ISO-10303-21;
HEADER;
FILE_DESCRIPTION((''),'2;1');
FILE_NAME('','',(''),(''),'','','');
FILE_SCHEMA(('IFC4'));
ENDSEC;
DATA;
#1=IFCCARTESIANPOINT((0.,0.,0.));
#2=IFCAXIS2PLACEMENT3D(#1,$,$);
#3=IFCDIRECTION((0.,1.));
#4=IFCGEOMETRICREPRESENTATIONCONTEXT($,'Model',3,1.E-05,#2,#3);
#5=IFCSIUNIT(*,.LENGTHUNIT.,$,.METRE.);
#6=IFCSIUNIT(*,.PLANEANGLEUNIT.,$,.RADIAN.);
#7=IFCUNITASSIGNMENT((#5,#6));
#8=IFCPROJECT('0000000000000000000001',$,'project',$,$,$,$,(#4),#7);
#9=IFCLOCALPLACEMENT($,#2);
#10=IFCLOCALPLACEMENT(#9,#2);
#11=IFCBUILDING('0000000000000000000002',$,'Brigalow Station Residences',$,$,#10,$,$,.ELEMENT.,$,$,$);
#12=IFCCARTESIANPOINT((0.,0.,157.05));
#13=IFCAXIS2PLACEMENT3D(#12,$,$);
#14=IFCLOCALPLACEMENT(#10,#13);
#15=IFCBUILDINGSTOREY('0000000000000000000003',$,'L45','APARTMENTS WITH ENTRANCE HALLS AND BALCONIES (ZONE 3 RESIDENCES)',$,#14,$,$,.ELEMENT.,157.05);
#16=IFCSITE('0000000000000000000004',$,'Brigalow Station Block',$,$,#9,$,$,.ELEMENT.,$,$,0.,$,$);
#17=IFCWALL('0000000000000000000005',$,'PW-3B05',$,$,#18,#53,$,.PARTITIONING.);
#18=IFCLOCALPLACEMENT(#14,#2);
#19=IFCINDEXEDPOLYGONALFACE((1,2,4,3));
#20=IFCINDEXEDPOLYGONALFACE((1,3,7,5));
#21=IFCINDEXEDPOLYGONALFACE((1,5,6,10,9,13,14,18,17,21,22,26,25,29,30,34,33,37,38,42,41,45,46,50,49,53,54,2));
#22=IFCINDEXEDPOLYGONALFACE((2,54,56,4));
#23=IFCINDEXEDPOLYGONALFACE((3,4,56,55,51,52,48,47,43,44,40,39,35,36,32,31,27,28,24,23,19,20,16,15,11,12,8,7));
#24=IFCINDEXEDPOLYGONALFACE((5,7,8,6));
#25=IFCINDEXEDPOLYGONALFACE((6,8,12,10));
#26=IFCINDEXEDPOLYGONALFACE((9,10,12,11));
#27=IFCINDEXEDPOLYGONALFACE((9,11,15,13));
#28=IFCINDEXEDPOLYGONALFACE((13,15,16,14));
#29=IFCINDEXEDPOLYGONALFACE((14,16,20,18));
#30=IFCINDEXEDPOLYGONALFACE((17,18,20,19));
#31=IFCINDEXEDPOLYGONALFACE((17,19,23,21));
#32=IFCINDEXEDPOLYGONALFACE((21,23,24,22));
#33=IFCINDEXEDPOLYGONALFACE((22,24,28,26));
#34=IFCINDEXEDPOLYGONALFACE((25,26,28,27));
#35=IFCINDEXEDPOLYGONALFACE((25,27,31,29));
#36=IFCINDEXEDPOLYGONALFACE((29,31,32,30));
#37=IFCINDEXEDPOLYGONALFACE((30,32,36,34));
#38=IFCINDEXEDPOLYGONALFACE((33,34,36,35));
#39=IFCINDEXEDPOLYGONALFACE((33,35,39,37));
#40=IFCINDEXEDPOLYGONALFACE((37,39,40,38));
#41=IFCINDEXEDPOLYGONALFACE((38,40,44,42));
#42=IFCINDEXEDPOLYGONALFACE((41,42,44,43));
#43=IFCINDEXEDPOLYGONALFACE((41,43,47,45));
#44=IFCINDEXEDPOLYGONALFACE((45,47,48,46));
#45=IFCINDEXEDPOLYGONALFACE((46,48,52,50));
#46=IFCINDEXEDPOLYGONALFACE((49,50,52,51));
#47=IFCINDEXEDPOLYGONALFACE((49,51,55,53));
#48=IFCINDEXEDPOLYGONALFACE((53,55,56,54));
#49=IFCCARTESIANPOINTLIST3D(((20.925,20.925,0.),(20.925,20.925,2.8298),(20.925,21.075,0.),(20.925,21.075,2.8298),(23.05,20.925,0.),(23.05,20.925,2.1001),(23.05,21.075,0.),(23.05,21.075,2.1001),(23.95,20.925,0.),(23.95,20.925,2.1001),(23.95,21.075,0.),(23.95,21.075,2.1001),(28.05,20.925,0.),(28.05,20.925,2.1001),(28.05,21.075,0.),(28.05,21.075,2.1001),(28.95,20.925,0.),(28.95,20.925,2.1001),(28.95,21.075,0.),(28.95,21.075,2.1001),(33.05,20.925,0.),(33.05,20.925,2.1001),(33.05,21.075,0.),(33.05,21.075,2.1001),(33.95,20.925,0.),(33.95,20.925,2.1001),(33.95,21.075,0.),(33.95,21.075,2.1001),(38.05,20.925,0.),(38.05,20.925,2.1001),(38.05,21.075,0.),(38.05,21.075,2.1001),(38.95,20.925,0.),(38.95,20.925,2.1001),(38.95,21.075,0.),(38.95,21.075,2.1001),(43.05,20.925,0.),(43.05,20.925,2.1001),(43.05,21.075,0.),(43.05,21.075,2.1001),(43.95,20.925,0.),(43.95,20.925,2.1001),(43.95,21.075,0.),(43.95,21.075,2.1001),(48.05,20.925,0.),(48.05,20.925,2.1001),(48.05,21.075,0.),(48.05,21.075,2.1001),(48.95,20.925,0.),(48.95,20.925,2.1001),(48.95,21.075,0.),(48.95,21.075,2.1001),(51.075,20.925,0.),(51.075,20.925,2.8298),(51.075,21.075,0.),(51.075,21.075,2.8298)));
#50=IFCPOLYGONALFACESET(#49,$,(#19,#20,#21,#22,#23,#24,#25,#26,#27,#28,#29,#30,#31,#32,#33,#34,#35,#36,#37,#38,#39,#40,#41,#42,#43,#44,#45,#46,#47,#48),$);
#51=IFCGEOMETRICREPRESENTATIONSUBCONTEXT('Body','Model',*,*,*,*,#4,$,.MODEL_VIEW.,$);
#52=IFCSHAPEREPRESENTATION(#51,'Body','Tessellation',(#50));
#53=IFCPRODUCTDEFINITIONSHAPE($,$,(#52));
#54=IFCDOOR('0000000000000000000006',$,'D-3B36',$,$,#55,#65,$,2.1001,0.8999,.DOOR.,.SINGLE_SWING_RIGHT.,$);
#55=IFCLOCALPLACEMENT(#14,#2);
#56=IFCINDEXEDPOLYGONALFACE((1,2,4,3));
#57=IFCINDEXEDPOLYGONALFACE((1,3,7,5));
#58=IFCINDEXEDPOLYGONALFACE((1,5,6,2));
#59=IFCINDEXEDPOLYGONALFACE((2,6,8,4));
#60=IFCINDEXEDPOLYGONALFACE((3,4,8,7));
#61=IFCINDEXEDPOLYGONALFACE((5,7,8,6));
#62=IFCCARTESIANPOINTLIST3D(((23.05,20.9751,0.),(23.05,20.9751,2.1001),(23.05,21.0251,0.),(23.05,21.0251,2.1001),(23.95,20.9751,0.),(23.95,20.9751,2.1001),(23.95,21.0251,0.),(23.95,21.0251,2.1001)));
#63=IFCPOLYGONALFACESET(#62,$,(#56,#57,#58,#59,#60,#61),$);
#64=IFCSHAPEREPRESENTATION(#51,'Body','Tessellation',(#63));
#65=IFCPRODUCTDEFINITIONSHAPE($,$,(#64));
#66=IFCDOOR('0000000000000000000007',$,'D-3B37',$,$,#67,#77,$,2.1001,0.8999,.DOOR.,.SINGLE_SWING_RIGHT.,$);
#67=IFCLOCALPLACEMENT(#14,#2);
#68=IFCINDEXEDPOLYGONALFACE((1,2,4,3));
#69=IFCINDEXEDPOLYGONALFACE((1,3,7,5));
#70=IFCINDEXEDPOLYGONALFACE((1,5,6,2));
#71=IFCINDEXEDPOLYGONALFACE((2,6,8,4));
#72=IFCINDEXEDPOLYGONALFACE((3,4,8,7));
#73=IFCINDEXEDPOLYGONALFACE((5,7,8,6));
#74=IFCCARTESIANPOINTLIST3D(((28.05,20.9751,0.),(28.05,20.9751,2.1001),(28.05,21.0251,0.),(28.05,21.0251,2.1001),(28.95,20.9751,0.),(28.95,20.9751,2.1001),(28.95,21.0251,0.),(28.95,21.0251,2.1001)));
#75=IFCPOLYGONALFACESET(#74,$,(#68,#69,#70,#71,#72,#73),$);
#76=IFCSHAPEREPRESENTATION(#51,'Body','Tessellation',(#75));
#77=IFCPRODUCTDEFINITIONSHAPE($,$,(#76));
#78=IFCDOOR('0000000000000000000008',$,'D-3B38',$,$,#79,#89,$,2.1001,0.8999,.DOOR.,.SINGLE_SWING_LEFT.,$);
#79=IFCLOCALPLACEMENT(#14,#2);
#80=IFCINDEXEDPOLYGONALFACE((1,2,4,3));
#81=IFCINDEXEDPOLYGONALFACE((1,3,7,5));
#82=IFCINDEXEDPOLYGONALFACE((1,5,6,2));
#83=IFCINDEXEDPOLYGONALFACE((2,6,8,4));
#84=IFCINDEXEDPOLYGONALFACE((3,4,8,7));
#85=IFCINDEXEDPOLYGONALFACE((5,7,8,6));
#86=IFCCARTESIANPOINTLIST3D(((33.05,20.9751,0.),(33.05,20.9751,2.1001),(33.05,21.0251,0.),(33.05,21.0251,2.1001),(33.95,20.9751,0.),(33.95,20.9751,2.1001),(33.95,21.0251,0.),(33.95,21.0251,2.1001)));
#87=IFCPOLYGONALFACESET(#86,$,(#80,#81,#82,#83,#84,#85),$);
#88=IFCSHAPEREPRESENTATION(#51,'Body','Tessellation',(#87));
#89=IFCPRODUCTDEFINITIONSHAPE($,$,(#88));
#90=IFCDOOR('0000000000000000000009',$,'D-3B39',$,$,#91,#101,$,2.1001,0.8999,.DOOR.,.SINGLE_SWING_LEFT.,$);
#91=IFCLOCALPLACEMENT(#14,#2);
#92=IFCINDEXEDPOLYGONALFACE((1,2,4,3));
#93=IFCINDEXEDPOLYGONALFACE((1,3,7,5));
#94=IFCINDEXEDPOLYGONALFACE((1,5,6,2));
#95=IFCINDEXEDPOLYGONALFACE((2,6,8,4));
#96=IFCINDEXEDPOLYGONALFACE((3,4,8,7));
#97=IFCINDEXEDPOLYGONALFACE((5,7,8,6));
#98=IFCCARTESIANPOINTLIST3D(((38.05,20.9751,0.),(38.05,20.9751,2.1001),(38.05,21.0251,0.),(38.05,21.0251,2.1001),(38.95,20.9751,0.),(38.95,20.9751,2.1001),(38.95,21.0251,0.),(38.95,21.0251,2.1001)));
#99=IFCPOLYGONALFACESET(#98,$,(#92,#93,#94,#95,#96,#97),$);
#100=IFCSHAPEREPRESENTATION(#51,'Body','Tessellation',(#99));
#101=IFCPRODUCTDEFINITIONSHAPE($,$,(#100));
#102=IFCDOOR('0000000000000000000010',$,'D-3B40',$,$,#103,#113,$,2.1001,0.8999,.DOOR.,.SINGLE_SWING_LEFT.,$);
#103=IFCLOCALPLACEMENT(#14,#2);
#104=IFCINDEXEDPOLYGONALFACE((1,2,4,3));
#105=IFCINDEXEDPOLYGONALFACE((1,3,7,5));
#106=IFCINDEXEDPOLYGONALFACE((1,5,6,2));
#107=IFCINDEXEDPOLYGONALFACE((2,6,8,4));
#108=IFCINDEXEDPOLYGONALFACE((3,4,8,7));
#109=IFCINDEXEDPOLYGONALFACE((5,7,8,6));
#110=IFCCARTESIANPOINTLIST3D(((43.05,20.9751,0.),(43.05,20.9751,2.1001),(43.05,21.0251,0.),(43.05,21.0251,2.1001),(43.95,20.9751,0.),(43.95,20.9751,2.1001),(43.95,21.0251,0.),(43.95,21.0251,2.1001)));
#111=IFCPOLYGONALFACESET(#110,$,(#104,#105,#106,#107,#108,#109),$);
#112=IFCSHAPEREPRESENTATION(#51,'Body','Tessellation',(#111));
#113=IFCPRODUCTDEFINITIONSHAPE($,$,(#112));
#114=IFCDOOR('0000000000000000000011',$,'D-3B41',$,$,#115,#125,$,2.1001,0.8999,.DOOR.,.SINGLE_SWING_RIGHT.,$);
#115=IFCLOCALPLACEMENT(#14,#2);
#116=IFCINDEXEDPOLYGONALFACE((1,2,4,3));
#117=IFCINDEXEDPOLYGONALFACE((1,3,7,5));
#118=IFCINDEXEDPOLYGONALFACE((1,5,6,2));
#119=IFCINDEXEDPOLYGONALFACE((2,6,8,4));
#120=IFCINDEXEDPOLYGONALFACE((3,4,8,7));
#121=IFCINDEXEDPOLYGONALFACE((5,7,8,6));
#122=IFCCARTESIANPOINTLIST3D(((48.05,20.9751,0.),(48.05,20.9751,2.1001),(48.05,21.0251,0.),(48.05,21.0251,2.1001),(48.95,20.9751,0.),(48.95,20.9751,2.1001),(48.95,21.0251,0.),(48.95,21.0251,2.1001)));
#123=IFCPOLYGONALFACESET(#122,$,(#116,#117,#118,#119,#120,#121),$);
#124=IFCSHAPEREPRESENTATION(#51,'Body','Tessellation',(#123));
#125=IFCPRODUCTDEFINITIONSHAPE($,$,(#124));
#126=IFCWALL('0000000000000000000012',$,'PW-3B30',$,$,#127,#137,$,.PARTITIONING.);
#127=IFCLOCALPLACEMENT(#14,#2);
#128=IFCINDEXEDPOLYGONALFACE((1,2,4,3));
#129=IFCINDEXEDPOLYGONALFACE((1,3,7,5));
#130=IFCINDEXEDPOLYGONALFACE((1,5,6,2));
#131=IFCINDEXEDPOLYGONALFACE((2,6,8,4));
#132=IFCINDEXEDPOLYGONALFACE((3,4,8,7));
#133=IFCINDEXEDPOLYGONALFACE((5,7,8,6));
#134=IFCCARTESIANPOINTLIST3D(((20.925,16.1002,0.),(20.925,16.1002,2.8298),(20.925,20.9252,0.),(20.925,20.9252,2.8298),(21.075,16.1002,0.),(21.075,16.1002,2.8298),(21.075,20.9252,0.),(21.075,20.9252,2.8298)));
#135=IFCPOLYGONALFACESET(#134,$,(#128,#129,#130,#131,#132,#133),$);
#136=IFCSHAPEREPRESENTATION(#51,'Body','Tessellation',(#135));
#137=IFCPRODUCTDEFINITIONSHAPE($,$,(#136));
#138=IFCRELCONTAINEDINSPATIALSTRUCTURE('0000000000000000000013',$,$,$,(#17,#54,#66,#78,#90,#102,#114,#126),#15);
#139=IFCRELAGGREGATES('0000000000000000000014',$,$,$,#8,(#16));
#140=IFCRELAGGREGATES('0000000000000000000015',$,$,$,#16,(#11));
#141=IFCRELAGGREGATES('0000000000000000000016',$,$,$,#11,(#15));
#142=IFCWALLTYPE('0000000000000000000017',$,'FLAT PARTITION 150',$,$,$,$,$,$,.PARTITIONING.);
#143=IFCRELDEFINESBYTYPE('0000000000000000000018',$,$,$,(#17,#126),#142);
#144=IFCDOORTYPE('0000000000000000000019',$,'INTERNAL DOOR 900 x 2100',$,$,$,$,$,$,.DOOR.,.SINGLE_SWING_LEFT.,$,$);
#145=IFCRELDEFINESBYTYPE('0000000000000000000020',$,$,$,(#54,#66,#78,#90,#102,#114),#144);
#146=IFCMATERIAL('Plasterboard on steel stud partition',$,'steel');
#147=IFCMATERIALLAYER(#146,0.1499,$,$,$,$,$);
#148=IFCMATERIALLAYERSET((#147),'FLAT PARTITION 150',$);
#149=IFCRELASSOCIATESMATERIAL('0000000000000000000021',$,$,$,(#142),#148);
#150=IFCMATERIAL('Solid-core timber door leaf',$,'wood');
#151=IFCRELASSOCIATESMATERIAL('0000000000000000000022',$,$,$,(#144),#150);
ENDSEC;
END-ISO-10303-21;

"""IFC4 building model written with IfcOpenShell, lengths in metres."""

from ifc_helpers import new_model, si_unit, direction, frame, frame_2d, origin, place, context, subcontext, project, spatial, rectangle, extrude, material, layer, layer_set, type_object, element, fill, save


model = new_model("IFC4")

# Units and contexts
model_context = context("Model", 3, precision=1e-05, world=origin(), true_north=direction((0.0, 1.0)))
body_context = subcontext(model_context, "Body", "Model", "MODEL_VIEW")
ifc_project = project(units=[si_unit("LENGTHUNIT", "METRE"), si_unit("PLANEANGLEUNIT", "RADIAN")], contexts=[model_context])

# Site, building, storey
site_placement = place(None, origin())
site = spatial("IfcSite", under=ifc_project, at=site_placement, Name="Brigalow Station Block", CompositionType="ELEMENT", RefElevation=0.0)
building_placement = place(site_placement, origin())
building = spatial("IfcBuilding", under=site, at=building_placement, Name="Brigalow Station Residences", CompositionType="ELEMENT")
storey_placement = place(building_placement, frame((0.0, 0.0, 157.05)))
storey = spatial("IfcBuildingStorey", under=building, at=storey_placement, Name="L45", Description="APARTMENTS WITH ENTRANCE HALLS AND BALCONIES (ZONE 3 RESIDENCES)", CompositionType="ELEMENT", Elevation=157.05)

# Wall, openings, doors
ifc_material_1 = material(Name="Plasterboard on steel stud partition", Category="steel")
ifc_layer_1 = layer(ifc_material_1, 0.1499)
ifc_layer_set_1 = layer_set([ifc_layer_1], Name="FLAT PARTITION 150")
wall_type_1 = type_object("IfcWallType", Name="FLAT PARTITION 150", PredefinedType="PARTITIONING", material=ifc_layer_set_1)
wall_1_placement = place(storey_placement, frame((20.925, 21.0, 0.0), z_axis=(0.0, 0.0, 1.0), x_axis=(1.0, 0.0, 0.0)))
wall_1 = element("IfcWall", 1, at=wall_1_placement, inside=storey, type_object=wall_type_1, Name="PW-3B05", PredefinedType="PARTITIONING", context=body_context, shape_type="SweptSolid", body=[
    extrude(rectangle(XDim=30.1499, YDim=0.1499, at=frame_2d((15.075, 0.0))), origin(), (0.0, 0.0, 1.0), 2.8298),
])
opening_1_placement = place(wall_1_placement, frame((2.125, 0.0, 0.0)))
opening_1 = element("IfcOpeningElement", 2, at=opening_1_placement, cuts=wall_1, PredefinedType="OPENING", context=body_context, shape_type="SweptSolid", body=[
    extrude(rectangle(XDim=0.8999, YDim=2.1001, at=frame_2d((0.45, 1.05))), frame((0.0, 0.085, 0.0), z_axis=(0.0, -1.0, 0.0), x_axis=(1.0, 0.0, 0.0)), (0.0, 0.0, 1.0), 0.1699),
])
opening_2_placement = place(wall_1_placement, frame((7.125, 0.0, 0.0)))
opening_2 = element("IfcOpeningElement", 3, at=opening_2_placement, cuts=wall_1, PredefinedType="OPENING", context=body_context, shape_type="SweptSolid", body=[
    extrude(rectangle(XDim=0.8999, YDim=2.1001, at=frame_2d((0.45, 1.05))), frame((0.0, 0.085, 0.0), z_axis=(0.0, -1.0, 0.0), x_axis=(1.0, 0.0, 0.0)), (0.0, 0.0, 1.0), 0.1699),
])
opening_3_placement = place(wall_1_placement, frame((12.125, 0.0, 0.0)))
opening_3 = element("IfcOpeningElement", 4, at=opening_3_placement, cuts=wall_1, PredefinedType="OPENING", context=body_context, shape_type="SweptSolid", body=[
    extrude(rectangle(XDim=0.8999, YDim=2.1001, at=frame_2d((0.45, 1.05))), frame((0.0, 0.085, 0.0), z_axis=(0.0, -1.0, 0.0), x_axis=(1.0, 0.0, 0.0)), (0.0, 0.0, 1.0), 0.1699),
])
opening_4_placement = place(wall_1_placement, frame((17.125, 0.0, 0.0)))
opening_4 = element("IfcOpeningElement", 5, at=opening_4_placement, cuts=wall_1, PredefinedType="OPENING", context=body_context, shape_type="SweptSolid", body=[
    extrude(rectangle(XDim=0.8999, YDim=2.1001, at=frame_2d((0.45, 1.05))), frame((0.0, 0.085, 0.0), z_axis=(0.0, -1.0, 0.0), x_axis=(1.0, 0.0, 0.0)), (0.0, 0.0, 1.0), 0.1699),
])
opening_5_placement = place(wall_1_placement, frame((22.125, 0.0, 0.0)))
opening_5 = element("IfcOpeningElement", 6, at=opening_5_placement, cuts=wall_1, PredefinedType="OPENING", context=body_context, shape_type="SweptSolid", body=[
    extrude(rectangle(XDim=0.8999, YDim=2.1001, at=frame_2d((0.45, 1.05))), frame((0.0, 0.085, 0.0), z_axis=(0.0, -1.0, 0.0), x_axis=(1.0, 0.0, 0.0)), (0.0, 0.0, 1.0), 0.1699),
])
opening_6_placement = place(wall_1_placement, frame((27.125, 0.0, 0.0)))
opening_6 = element("IfcOpeningElement", 7, at=opening_6_placement, cuts=wall_1, PredefinedType="OPENING", context=body_context, shape_type="SweptSolid", body=[
    extrude(rectangle(XDim=0.8999, YDim=2.1001, at=frame_2d((0.45, 1.05))), frame((0.0, 0.085, 0.0), z_axis=(0.0, -1.0, 0.0), x_axis=(1.0, 0.0, 0.0)), (0.0, 0.0, 1.0), 0.1699),
])
ifc_material_2 = material(Name="Solid-core timber door leaf", Category="wood")
door_type_1 = type_object("IfcDoorType", Name="INTERNAL DOOR 900 x 2100", OperationType="SINGLE_SWING_LEFT", PredefinedType="DOOR", material=ifc_material_2)
door_1_placement = place(opening_1_placement, frame((0.8999, 0.0, 0.0), z_axis=(0.0, 0.0, 1.0), x_axis=(-1.0, 0.0, 0.0)))
door_1 = element("IfcDoor", 8, at=door_1_placement, inside=storey, type_object=door_type_1, Name="D-3B36", OperationType="SINGLE_SWING_RIGHT", OverallHeight=2.1001, OverallWidth=0.8999, PredefinedType="DOOR", context=body_context, shape_type="SweptSolid", body=[
    extrude(rectangle(XDim=0.8999, YDim=2.1001, at=frame_2d((0.45, 1.05))), frame((0.0, 0.0249, 0.0), z_axis=(0.0, -1.0, 0.0), x_axis=(1.0, 0.0, 0.0)), (0.0, 0.0, 1.0), 0.05),
])
fill(opening_1, door_1)
door_2_placement = place(opening_2_placement, frame((0.8999, 0.0, 0.0), z_axis=(0.0, 0.0, 1.0), x_axis=(-1.0, 0.0, 0.0)))
door_2 = element("IfcDoor", 9, at=door_2_placement, inside=storey, type_object=door_type_1, Name="D-3B37", OperationType="SINGLE_SWING_RIGHT", OverallHeight=2.1001, OverallWidth=0.8999, PredefinedType="DOOR", context=body_context, shape_type="SweptSolid", body=[
    extrude(rectangle(XDim=0.8999, YDim=2.1001, at=frame_2d((0.45, 1.05))), frame((0.0, 0.0249, 0.0), z_axis=(0.0, -1.0, 0.0), x_axis=(1.0, 0.0, 0.0)), (0.0, 0.0, 1.0), 0.05),
])
fill(opening_2, door_2)
door_3_placement = place(opening_3_placement, frame((0.8999, 0.0, 0.0), z_axis=(0.0, 0.0, 1.0), x_axis=(-1.0, 0.0, 0.0)))
door_3 = element("IfcDoor", 10, at=door_3_placement, inside=storey, type_object=door_type_1, Name="D-3B38", OperationType="SINGLE_SWING_LEFT", OverallHeight=2.1001, OverallWidth=0.8999, PredefinedType="DOOR", context=body_context, shape_type="SweptSolid", body=[
    extrude(rectangle(XDim=0.8999, YDim=2.1001, at=frame_2d((0.45, 1.05))), frame((0.0, 0.0249, 0.0), z_axis=(0.0, -1.0, 0.0), x_axis=(1.0, 0.0, 0.0)), (0.0, 0.0, 1.0), 0.05),
])
fill(opening_3, door_3)
door_4_placement = place(opening_4_placement, frame((0.8999, 0.0, 0.0), z_axis=(0.0, 0.0, 1.0), x_axis=(-1.0, 0.0, 0.0)))
door_4 = element("IfcDoor", 11, at=door_4_placement, inside=storey, type_object=door_type_1, Name="D-3B39", OperationType="SINGLE_SWING_LEFT", OverallHeight=2.1001, OverallWidth=0.8999, PredefinedType="DOOR", context=body_context, shape_type="SweptSolid", body=[
    extrude(rectangle(XDim=0.8999, YDim=2.1001, at=frame_2d((0.45, 1.05))), frame((0.0, 0.0249, 0.0), z_axis=(0.0, -1.0, 0.0), x_axis=(1.0, 0.0, 0.0)), (0.0, 0.0, 1.0), 0.05),
])
fill(opening_4, door_4)
door_5_placement = place(opening_5_placement, frame((0.8999, 0.0, 0.0), z_axis=(0.0, 0.0, 1.0), x_axis=(-1.0, 0.0, 0.0)))
door_5 = element("IfcDoor", 12, at=door_5_placement, inside=storey, type_object=door_type_1, Name="D-3B40", OperationType="SINGLE_SWING_LEFT", OverallHeight=2.1001, OverallWidth=0.8999, PredefinedType="DOOR", context=body_context, shape_type="SweptSolid", body=[
    extrude(rectangle(XDim=0.8999, YDim=2.1001, at=frame_2d((0.45, 1.05))), frame((0.0, 0.0249, 0.0), z_axis=(0.0, -1.0, 0.0), x_axis=(1.0, 0.0, 0.0)), (0.0, 0.0, 1.0), 0.05),
])
fill(opening_5, door_5)
door_6_placement = place(opening_6_placement, frame((0.8999, 0.0, 0.0), z_axis=(0.0, 0.0, 1.0), x_axis=(-1.0, 0.0, 0.0)))
door_6 = element("IfcDoor", 13, at=door_6_placement, inside=storey, type_object=door_type_1, Name="D-3B41", OperationType="SINGLE_SWING_RIGHT", OverallHeight=2.1001, OverallWidth=0.8999, PredefinedType="DOOR", context=body_context, shape_type="SweptSolid", body=[
    extrude(rectangle(XDim=0.8999, YDim=2.1001, at=frame_2d((0.45, 1.05))), frame((0.0, 0.0249, 0.0), z_axis=(0.0, -1.0, 0.0), x_axis=(1.0, 0.0, 0.0)), (0.0, 0.0, 1.0), 0.05),
])
fill(opening_6, door_6)

# Wall
wall_2_placement = place(storey_placement, frame((21.0, 16.1001, 0.0), z_axis=(0.0, 0.0, 1.0), x_axis=(0.0, 1.0, 0.0)))
element("IfcWall", 14, at=wall_2_placement, inside=storey, type_object=wall_type_1, Name="PW-3B30", PredefinedType="PARTITIONING", context=body_context, shape_type="SweptSolid", body=[
    extrude(rectangle(XDim=4.825, YDim=0.1499, at=frame_2d((2.4126, 0.0))), origin(), (0.0, 0.0, 1.0), 2.8298),
])

save(model, "model.ifc")
